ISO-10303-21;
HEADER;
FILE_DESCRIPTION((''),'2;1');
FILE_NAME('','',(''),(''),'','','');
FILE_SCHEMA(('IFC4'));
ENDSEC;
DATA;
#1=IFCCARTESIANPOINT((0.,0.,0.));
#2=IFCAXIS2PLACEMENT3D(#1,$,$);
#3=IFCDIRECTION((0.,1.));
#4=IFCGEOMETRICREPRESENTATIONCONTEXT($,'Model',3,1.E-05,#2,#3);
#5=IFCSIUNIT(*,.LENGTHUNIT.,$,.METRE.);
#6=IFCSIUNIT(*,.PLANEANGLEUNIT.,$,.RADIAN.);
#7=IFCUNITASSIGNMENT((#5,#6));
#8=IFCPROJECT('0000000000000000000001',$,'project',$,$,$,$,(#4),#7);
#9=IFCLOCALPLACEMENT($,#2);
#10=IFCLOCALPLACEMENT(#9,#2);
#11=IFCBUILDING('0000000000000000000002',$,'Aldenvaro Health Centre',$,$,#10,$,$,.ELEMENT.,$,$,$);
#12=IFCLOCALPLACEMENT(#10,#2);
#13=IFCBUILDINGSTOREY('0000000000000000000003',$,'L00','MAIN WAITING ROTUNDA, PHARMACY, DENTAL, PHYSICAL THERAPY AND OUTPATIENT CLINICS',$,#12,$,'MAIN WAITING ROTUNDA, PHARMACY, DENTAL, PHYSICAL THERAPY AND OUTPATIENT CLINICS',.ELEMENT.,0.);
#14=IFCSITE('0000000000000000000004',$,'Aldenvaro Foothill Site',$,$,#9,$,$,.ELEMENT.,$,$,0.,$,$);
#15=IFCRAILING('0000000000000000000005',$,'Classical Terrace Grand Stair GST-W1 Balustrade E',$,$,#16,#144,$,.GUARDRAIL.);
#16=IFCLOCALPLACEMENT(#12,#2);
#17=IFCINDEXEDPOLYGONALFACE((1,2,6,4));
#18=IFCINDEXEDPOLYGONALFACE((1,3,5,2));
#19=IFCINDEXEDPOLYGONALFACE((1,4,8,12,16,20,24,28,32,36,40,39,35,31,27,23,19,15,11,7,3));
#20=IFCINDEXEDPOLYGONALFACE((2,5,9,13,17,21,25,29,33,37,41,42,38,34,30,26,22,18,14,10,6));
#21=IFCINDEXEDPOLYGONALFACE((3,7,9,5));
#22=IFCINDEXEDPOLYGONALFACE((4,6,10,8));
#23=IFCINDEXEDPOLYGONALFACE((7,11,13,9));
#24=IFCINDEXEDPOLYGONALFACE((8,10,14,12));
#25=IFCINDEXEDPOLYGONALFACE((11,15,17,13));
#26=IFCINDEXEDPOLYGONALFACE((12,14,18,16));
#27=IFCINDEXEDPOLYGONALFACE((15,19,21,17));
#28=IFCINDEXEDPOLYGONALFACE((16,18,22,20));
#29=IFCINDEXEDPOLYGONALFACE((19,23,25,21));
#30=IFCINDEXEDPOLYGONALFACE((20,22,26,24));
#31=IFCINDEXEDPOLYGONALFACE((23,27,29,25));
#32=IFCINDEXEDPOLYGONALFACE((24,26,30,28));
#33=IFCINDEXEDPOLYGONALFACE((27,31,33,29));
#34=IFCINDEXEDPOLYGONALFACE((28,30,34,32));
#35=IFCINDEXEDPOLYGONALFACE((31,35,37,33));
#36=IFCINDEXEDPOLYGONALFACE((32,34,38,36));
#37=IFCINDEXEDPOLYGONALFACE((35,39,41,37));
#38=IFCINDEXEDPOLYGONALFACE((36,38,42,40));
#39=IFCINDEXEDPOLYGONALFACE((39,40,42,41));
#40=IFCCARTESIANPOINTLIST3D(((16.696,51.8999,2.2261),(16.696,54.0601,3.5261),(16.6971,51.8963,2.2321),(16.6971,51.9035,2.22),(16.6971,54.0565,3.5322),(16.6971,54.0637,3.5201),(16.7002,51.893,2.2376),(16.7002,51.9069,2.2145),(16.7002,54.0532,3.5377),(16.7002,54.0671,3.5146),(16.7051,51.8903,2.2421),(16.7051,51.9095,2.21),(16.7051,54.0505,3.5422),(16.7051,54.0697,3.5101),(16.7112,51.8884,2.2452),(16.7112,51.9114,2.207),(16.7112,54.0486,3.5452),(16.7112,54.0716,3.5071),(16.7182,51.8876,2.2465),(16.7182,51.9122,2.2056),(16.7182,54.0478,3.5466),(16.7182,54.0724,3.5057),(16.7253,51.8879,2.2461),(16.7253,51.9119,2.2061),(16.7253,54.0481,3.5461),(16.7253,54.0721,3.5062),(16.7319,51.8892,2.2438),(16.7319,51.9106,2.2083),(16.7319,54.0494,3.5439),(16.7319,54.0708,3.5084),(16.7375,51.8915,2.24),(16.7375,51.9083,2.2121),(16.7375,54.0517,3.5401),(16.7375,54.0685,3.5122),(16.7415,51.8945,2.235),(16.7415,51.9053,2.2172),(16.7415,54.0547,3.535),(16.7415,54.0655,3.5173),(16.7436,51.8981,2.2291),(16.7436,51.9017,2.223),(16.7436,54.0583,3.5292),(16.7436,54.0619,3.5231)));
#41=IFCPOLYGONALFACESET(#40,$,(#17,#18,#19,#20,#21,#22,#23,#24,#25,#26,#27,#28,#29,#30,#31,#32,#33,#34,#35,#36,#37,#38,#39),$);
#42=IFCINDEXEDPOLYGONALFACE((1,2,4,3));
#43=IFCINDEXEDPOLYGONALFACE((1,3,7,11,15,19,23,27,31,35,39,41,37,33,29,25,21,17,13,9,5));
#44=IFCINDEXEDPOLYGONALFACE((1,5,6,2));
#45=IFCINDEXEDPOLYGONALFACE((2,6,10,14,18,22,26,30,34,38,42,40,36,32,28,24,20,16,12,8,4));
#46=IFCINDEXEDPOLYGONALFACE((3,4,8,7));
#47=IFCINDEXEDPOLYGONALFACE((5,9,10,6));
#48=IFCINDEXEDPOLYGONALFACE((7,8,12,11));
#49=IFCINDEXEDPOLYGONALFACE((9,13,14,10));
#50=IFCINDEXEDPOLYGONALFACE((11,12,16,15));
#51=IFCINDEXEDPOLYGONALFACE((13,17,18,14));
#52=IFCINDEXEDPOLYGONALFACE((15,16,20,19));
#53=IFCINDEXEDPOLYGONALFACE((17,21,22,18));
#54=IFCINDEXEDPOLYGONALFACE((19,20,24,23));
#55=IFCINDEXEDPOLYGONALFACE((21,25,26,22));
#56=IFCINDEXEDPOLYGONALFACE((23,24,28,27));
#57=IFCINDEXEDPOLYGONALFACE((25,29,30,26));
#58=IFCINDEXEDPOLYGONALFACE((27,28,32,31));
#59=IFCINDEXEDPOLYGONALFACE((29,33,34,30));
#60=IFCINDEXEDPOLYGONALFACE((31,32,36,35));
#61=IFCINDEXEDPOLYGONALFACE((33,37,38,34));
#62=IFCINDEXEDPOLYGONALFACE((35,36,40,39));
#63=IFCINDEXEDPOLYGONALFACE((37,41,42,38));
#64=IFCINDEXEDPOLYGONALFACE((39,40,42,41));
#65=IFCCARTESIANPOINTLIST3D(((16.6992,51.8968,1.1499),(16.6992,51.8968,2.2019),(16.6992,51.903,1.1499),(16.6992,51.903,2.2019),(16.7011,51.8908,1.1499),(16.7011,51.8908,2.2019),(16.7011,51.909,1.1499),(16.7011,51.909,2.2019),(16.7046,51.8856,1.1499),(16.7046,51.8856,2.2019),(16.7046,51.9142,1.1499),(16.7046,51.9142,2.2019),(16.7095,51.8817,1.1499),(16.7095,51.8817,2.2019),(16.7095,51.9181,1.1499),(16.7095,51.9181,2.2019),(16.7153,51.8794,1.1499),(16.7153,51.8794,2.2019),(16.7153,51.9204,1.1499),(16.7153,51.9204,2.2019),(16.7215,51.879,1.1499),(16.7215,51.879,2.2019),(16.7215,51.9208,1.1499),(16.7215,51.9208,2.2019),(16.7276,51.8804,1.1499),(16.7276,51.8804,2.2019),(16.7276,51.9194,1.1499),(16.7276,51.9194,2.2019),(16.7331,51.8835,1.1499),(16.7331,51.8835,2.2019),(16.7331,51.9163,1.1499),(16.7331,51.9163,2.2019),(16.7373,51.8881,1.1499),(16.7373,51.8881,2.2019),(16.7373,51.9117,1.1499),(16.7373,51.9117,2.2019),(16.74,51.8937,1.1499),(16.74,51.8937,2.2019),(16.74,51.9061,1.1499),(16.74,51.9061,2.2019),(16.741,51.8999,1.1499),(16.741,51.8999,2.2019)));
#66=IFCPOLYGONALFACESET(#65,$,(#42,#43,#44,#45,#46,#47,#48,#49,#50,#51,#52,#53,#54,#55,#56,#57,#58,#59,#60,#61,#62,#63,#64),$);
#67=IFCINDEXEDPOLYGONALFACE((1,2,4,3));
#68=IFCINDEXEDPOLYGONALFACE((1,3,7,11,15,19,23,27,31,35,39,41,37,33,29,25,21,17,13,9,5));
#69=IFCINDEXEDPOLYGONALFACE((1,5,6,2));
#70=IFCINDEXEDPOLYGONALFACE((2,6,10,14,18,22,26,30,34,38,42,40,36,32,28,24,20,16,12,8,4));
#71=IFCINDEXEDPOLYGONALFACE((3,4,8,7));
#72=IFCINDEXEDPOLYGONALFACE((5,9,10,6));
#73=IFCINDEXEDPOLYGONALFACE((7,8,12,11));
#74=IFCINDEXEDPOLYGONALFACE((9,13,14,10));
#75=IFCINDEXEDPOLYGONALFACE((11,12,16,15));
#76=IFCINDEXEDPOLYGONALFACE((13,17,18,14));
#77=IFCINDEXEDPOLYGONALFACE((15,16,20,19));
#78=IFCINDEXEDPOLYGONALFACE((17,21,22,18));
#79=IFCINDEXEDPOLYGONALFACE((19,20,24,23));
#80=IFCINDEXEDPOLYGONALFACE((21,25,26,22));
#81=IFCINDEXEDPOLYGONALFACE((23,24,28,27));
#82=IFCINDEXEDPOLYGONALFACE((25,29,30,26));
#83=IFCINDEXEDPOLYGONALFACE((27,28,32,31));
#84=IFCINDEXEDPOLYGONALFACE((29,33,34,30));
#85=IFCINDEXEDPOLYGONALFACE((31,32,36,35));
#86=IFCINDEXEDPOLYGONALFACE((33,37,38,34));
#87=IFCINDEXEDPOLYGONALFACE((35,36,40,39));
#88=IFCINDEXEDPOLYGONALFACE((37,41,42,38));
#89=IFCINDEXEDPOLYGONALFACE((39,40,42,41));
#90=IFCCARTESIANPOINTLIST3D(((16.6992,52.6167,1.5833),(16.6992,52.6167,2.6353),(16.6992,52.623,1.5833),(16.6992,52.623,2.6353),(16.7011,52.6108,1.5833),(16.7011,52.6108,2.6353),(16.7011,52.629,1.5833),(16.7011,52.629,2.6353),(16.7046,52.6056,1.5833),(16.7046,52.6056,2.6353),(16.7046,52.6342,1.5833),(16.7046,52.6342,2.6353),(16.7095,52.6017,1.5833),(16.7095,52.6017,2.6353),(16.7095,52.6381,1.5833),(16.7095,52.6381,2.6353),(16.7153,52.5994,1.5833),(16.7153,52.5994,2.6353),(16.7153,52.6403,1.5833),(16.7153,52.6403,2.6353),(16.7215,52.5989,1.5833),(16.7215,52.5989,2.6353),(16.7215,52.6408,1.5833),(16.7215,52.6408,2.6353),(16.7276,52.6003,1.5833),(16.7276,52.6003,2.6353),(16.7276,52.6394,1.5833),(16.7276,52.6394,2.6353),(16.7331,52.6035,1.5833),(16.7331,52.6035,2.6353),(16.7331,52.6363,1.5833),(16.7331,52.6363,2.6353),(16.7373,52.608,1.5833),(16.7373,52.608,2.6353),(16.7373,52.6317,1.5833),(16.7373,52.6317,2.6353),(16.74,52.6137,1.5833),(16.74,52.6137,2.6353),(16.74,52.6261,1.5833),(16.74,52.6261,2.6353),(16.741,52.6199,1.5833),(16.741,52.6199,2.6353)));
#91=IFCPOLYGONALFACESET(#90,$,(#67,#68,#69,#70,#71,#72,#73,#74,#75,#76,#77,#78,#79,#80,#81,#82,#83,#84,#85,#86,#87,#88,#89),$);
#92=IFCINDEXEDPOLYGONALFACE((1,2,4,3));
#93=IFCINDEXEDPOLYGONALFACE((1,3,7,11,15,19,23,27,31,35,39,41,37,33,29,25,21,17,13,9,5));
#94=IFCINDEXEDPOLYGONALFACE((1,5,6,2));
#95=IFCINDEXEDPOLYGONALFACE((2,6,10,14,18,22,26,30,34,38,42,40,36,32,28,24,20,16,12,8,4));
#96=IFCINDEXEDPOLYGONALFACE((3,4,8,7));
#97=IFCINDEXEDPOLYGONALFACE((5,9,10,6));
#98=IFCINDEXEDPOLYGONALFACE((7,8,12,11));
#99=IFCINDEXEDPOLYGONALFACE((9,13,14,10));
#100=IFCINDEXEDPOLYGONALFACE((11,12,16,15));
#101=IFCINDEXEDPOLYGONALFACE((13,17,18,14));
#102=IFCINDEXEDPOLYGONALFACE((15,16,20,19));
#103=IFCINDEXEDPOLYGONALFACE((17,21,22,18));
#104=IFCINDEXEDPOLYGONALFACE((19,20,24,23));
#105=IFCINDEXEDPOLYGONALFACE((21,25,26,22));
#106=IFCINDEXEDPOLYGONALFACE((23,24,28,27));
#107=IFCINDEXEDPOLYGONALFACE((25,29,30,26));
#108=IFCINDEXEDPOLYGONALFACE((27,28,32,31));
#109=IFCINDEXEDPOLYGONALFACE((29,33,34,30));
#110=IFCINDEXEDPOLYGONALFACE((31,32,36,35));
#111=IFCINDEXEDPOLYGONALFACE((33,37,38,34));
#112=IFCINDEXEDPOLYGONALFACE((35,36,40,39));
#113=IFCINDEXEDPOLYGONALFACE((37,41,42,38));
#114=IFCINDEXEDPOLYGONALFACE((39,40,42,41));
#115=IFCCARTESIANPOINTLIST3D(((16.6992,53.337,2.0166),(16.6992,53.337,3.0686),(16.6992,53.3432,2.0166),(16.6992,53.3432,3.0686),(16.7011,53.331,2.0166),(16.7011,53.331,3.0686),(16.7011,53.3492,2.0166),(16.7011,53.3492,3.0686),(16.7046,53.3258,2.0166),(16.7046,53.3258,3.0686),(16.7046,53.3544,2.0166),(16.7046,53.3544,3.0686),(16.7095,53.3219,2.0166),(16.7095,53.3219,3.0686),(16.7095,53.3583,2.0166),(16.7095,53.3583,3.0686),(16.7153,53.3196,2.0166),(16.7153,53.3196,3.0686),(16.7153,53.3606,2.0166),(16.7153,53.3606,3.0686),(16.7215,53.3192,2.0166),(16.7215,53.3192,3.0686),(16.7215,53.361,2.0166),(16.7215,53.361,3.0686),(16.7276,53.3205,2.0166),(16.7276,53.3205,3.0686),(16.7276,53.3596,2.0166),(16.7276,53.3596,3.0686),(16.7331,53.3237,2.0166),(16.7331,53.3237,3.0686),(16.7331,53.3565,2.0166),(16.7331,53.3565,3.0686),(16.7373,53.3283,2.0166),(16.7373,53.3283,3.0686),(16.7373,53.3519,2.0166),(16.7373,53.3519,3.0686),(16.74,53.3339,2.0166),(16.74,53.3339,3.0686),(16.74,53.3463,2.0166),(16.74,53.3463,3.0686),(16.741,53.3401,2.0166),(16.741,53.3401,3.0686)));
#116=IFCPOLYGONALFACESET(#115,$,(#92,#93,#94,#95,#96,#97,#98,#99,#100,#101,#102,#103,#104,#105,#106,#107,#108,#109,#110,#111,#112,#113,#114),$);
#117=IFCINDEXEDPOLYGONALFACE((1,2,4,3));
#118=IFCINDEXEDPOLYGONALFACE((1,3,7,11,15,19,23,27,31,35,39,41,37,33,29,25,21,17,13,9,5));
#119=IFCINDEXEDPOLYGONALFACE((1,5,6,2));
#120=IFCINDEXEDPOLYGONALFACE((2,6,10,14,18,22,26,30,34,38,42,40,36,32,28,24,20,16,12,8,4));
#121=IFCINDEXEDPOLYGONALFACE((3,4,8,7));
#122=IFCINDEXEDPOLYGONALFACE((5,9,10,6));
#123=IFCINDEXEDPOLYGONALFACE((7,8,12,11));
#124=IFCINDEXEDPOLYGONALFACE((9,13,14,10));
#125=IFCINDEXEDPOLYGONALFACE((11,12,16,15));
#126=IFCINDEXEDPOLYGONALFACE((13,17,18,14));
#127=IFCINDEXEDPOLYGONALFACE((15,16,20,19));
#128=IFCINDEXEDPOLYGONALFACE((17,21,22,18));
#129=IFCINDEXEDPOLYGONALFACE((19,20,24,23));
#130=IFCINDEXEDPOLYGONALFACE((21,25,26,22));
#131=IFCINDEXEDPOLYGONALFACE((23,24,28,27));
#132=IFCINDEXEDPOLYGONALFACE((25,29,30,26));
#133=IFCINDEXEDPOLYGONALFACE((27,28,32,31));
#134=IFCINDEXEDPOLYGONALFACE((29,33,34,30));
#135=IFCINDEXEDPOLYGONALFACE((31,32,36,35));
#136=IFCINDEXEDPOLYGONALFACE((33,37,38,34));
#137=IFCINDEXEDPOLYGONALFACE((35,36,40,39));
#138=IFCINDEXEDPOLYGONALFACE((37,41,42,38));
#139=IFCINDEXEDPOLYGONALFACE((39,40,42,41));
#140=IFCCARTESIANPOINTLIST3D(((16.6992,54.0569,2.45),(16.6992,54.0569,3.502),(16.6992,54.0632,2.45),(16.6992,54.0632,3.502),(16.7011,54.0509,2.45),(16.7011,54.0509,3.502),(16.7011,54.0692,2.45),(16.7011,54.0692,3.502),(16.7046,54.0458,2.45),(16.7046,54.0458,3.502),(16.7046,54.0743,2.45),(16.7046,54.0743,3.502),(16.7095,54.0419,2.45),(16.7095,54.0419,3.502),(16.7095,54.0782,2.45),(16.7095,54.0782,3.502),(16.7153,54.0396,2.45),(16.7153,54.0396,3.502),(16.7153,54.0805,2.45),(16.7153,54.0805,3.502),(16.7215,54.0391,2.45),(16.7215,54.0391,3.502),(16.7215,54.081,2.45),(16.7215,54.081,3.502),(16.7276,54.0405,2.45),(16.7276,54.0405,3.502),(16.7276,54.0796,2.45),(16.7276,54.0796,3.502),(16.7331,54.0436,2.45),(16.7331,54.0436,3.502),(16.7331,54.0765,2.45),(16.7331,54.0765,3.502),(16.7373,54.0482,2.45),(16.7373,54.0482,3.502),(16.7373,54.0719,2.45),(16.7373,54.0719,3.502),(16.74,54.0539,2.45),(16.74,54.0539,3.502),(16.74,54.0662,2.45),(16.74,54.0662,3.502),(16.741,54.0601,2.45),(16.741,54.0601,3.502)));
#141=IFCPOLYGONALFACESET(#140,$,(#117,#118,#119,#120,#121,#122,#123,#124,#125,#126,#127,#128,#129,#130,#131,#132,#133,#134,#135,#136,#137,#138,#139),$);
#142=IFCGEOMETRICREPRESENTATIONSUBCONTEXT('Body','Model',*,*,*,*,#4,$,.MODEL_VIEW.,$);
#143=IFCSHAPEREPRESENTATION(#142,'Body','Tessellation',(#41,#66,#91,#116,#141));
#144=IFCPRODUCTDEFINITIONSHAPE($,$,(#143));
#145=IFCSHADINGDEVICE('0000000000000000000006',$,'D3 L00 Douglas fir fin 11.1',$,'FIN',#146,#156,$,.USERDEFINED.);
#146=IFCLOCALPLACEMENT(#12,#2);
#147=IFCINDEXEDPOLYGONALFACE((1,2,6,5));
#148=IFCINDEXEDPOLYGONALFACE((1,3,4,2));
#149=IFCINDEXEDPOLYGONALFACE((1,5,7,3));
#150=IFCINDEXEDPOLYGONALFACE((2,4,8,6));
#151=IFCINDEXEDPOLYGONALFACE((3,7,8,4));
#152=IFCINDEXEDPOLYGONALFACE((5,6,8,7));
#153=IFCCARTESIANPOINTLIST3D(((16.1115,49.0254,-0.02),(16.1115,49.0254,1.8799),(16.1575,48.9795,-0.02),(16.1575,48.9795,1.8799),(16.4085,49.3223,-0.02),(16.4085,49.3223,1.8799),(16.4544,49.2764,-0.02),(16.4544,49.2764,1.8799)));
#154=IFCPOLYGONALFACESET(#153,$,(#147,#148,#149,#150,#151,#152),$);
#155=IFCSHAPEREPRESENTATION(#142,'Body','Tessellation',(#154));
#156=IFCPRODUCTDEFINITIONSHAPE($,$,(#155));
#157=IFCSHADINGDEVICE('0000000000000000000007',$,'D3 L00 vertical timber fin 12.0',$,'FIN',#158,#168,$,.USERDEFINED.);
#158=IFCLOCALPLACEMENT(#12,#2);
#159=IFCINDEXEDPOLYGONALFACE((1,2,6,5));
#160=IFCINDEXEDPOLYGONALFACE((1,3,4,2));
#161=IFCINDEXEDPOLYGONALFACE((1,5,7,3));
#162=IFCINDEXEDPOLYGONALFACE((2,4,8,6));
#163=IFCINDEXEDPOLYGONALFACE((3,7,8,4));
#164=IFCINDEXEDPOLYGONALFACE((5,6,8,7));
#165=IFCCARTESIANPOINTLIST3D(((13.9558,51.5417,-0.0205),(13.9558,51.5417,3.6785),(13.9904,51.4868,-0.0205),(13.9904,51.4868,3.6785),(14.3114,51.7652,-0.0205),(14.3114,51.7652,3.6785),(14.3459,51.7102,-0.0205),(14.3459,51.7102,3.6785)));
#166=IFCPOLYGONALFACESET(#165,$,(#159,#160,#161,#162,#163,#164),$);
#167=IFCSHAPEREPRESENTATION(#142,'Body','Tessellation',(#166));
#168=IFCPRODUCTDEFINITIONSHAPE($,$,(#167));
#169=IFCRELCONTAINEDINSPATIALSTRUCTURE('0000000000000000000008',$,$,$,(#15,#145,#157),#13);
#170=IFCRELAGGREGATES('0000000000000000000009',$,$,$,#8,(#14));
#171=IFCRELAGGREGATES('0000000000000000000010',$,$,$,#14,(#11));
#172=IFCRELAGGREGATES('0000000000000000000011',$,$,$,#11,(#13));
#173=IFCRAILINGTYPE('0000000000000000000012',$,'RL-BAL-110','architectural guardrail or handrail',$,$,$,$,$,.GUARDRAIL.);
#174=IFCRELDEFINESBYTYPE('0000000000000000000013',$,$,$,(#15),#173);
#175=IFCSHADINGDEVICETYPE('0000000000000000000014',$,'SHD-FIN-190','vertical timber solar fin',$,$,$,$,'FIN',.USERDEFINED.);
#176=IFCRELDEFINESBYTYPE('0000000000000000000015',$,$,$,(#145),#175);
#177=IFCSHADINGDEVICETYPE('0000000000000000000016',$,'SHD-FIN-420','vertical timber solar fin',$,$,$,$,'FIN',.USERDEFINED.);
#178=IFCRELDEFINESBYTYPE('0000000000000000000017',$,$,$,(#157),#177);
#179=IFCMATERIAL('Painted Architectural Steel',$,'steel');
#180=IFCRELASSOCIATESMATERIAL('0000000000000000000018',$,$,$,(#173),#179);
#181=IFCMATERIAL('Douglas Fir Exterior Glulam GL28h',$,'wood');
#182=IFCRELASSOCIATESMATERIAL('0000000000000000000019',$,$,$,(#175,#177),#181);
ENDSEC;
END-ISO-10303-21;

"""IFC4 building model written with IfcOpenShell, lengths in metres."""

from ifc_helpers import new_model, si_unit, direction, frame, origin, origin_2d, place, context, subcontext, project, spatial, rectangle, circle, extrude, material, type_object, element, save


model = new_model("IFC4")

# Units and contexts
model_context = context("Model", 3, precision=1e-05, world=origin(), true_north=direction((0.0, 1.0)))
body_context = subcontext(model_context, "Body", "Model", "MODEL_VIEW")
ifc_project = project(units=[si_unit("LENGTHUNIT", "METRE"), si_unit("PLANEANGLEUNIT", "RADIAN")], contexts=[model_context])

# Site, building, storey
site_placement = place(None, origin())
site = spatial("IfcSite", under=ifc_project, at=site_placement, Name="Aldenvaro Foothill Site", CompositionType="ELEMENT", RefElevation=0.0)
building_placement = place(site_placement, origin())
building = spatial("IfcBuilding", under=site, at=building_placement, Name="Aldenvaro Health Centre", CompositionType="ELEMENT")
storey_placement = place(building_placement, origin())
storey = spatial("IfcBuildingStorey", under=building, at=storey_placement, Name="L00", Description="MAIN WAITING ROTUNDA, PHARMACY, DENTAL, PHYSICAL THERAPY AND OUTPATIENT CLINICS", LongName="MAIN WAITING ROTUNDA, PHARMACY, DENTAL, PHYSICAL THERAPY AND OUTPATIENT CLINICS", CompositionType="ELEMENT", Elevation=0.0)

# Railing
ifc_material_1 = material(Name="Painted Architectural Steel", Category="steel")
railing_type_1 = type_object("IfcRailingType", Name="RL-BAL-110", Description="architectural guardrail or handrail", PredefinedType="GUARDRAIL", material=ifc_material_1)
for number, where, name in (
    (1, (16.72, 51.8999, 1.1499), "Classical Terrace Grand Stair GST-W1 Balustrade E"),
):
    element("IfcRailing", number, at=place(storey_placement, frame(where)), inside=storey, type_object=railing_type_1, Name=name, PredefinedType="GUARDRAIL", context=body_context, shape_type="SweptSolid", body=[
        extrude(circle(Radius=0.0239, at=origin_2d()), frame((0.0, 0.0, 1.0762), z_axis=(0.0, 0.8568, 0.515649), x_axis=(-1.0, 0.0, 0.0)), (0.0, 0.0, 1.0), 2.5212),
        extrude(circle(Radius=0.021, at=origin_2d()), origin(), (0.0, 0.0, 1.0), 1.052),
        extrude(circle(Radius=0.021, at=origin_2d()), frame((0.0, 0.72, 0.4333)), (0.0, 0.0, 1.0), 1.052),
        extrude(circle(Radius=0.021, at=origin_2d()), frame((0.0, 1.4402, 0.8667)), (0.0, 0.0, 1.0), 1.052),
        extrude(circle(Radius=0.021, at=origin_2d()), frame((0.0, 2.1602, 1.3)), (0.0, 0.0, 1.0), 1.052),
    ])

# Shading devices
ifc_material_2 = material(Name="Douglas Fir Exterior Glulam GL28h", Category="wood")
shading_device_type_1 = type_object("IfcShadingDeviceType", Name="SHD-FIN-190", Description="vertical timber solar fin", ElementType="FIN", PredefinedType="USERDEFINED", material=ifc_material_2)
shading_device_1_placement = place(storey_placement, frame((16.283, 49.1509, -0.02), z_axis=(0.0, 0.0, 1.0), x_axis=(-0.707107, 0.707107, 0.0)))
element("IfcShadingDevice", 2, at=shading_device_1_placement, inside=storey, type_object=shading_device_type_1, Name="D3 L00 Douglas fir fin 11.1", ObjectType="FIN", PredefinedType="USERDEFINED", context=body_context, shape_type="SweptSolid", body=[
    extrude(rectangle(XDim=0.0649, YDim=0.4199, at=origin_2d()), origin(), (0.0, 0.0, 1.0), 1.8999),
])
shading_device_type_2 = type_object("IfcShadingDeviceType", Name="SHD-FIN-420", Description="vertical timber solar fin", ElementType="FIN", PredefinedType="USERDEFINED", material=ifc_material_2)
shading_device_2_placement = place(storey_placement, frame((14.1509, 51.626, -0.0205), z_axis=(0.0, 0.0, 1.0), x_axis=(-0.532096, 0.846684, 0.0)))
element("IfcShadingDevice", 3, at=shading_device_2_placement, inside=storey, type_object=shading_device_type_2, Name="D3 L00 vertical timber fin 12.0", ObjectType="FIN", PredefinedType="USERDEFINED", context=body_context, shape_type="SweptSolid", body=[
    extrude(rectangle(XDim=0.0649, YDim=0.4199, at=origin_2d()), origin(), (0.0, 0.0, 1.0), 3.699),
])

save(model, "model.ifc")
